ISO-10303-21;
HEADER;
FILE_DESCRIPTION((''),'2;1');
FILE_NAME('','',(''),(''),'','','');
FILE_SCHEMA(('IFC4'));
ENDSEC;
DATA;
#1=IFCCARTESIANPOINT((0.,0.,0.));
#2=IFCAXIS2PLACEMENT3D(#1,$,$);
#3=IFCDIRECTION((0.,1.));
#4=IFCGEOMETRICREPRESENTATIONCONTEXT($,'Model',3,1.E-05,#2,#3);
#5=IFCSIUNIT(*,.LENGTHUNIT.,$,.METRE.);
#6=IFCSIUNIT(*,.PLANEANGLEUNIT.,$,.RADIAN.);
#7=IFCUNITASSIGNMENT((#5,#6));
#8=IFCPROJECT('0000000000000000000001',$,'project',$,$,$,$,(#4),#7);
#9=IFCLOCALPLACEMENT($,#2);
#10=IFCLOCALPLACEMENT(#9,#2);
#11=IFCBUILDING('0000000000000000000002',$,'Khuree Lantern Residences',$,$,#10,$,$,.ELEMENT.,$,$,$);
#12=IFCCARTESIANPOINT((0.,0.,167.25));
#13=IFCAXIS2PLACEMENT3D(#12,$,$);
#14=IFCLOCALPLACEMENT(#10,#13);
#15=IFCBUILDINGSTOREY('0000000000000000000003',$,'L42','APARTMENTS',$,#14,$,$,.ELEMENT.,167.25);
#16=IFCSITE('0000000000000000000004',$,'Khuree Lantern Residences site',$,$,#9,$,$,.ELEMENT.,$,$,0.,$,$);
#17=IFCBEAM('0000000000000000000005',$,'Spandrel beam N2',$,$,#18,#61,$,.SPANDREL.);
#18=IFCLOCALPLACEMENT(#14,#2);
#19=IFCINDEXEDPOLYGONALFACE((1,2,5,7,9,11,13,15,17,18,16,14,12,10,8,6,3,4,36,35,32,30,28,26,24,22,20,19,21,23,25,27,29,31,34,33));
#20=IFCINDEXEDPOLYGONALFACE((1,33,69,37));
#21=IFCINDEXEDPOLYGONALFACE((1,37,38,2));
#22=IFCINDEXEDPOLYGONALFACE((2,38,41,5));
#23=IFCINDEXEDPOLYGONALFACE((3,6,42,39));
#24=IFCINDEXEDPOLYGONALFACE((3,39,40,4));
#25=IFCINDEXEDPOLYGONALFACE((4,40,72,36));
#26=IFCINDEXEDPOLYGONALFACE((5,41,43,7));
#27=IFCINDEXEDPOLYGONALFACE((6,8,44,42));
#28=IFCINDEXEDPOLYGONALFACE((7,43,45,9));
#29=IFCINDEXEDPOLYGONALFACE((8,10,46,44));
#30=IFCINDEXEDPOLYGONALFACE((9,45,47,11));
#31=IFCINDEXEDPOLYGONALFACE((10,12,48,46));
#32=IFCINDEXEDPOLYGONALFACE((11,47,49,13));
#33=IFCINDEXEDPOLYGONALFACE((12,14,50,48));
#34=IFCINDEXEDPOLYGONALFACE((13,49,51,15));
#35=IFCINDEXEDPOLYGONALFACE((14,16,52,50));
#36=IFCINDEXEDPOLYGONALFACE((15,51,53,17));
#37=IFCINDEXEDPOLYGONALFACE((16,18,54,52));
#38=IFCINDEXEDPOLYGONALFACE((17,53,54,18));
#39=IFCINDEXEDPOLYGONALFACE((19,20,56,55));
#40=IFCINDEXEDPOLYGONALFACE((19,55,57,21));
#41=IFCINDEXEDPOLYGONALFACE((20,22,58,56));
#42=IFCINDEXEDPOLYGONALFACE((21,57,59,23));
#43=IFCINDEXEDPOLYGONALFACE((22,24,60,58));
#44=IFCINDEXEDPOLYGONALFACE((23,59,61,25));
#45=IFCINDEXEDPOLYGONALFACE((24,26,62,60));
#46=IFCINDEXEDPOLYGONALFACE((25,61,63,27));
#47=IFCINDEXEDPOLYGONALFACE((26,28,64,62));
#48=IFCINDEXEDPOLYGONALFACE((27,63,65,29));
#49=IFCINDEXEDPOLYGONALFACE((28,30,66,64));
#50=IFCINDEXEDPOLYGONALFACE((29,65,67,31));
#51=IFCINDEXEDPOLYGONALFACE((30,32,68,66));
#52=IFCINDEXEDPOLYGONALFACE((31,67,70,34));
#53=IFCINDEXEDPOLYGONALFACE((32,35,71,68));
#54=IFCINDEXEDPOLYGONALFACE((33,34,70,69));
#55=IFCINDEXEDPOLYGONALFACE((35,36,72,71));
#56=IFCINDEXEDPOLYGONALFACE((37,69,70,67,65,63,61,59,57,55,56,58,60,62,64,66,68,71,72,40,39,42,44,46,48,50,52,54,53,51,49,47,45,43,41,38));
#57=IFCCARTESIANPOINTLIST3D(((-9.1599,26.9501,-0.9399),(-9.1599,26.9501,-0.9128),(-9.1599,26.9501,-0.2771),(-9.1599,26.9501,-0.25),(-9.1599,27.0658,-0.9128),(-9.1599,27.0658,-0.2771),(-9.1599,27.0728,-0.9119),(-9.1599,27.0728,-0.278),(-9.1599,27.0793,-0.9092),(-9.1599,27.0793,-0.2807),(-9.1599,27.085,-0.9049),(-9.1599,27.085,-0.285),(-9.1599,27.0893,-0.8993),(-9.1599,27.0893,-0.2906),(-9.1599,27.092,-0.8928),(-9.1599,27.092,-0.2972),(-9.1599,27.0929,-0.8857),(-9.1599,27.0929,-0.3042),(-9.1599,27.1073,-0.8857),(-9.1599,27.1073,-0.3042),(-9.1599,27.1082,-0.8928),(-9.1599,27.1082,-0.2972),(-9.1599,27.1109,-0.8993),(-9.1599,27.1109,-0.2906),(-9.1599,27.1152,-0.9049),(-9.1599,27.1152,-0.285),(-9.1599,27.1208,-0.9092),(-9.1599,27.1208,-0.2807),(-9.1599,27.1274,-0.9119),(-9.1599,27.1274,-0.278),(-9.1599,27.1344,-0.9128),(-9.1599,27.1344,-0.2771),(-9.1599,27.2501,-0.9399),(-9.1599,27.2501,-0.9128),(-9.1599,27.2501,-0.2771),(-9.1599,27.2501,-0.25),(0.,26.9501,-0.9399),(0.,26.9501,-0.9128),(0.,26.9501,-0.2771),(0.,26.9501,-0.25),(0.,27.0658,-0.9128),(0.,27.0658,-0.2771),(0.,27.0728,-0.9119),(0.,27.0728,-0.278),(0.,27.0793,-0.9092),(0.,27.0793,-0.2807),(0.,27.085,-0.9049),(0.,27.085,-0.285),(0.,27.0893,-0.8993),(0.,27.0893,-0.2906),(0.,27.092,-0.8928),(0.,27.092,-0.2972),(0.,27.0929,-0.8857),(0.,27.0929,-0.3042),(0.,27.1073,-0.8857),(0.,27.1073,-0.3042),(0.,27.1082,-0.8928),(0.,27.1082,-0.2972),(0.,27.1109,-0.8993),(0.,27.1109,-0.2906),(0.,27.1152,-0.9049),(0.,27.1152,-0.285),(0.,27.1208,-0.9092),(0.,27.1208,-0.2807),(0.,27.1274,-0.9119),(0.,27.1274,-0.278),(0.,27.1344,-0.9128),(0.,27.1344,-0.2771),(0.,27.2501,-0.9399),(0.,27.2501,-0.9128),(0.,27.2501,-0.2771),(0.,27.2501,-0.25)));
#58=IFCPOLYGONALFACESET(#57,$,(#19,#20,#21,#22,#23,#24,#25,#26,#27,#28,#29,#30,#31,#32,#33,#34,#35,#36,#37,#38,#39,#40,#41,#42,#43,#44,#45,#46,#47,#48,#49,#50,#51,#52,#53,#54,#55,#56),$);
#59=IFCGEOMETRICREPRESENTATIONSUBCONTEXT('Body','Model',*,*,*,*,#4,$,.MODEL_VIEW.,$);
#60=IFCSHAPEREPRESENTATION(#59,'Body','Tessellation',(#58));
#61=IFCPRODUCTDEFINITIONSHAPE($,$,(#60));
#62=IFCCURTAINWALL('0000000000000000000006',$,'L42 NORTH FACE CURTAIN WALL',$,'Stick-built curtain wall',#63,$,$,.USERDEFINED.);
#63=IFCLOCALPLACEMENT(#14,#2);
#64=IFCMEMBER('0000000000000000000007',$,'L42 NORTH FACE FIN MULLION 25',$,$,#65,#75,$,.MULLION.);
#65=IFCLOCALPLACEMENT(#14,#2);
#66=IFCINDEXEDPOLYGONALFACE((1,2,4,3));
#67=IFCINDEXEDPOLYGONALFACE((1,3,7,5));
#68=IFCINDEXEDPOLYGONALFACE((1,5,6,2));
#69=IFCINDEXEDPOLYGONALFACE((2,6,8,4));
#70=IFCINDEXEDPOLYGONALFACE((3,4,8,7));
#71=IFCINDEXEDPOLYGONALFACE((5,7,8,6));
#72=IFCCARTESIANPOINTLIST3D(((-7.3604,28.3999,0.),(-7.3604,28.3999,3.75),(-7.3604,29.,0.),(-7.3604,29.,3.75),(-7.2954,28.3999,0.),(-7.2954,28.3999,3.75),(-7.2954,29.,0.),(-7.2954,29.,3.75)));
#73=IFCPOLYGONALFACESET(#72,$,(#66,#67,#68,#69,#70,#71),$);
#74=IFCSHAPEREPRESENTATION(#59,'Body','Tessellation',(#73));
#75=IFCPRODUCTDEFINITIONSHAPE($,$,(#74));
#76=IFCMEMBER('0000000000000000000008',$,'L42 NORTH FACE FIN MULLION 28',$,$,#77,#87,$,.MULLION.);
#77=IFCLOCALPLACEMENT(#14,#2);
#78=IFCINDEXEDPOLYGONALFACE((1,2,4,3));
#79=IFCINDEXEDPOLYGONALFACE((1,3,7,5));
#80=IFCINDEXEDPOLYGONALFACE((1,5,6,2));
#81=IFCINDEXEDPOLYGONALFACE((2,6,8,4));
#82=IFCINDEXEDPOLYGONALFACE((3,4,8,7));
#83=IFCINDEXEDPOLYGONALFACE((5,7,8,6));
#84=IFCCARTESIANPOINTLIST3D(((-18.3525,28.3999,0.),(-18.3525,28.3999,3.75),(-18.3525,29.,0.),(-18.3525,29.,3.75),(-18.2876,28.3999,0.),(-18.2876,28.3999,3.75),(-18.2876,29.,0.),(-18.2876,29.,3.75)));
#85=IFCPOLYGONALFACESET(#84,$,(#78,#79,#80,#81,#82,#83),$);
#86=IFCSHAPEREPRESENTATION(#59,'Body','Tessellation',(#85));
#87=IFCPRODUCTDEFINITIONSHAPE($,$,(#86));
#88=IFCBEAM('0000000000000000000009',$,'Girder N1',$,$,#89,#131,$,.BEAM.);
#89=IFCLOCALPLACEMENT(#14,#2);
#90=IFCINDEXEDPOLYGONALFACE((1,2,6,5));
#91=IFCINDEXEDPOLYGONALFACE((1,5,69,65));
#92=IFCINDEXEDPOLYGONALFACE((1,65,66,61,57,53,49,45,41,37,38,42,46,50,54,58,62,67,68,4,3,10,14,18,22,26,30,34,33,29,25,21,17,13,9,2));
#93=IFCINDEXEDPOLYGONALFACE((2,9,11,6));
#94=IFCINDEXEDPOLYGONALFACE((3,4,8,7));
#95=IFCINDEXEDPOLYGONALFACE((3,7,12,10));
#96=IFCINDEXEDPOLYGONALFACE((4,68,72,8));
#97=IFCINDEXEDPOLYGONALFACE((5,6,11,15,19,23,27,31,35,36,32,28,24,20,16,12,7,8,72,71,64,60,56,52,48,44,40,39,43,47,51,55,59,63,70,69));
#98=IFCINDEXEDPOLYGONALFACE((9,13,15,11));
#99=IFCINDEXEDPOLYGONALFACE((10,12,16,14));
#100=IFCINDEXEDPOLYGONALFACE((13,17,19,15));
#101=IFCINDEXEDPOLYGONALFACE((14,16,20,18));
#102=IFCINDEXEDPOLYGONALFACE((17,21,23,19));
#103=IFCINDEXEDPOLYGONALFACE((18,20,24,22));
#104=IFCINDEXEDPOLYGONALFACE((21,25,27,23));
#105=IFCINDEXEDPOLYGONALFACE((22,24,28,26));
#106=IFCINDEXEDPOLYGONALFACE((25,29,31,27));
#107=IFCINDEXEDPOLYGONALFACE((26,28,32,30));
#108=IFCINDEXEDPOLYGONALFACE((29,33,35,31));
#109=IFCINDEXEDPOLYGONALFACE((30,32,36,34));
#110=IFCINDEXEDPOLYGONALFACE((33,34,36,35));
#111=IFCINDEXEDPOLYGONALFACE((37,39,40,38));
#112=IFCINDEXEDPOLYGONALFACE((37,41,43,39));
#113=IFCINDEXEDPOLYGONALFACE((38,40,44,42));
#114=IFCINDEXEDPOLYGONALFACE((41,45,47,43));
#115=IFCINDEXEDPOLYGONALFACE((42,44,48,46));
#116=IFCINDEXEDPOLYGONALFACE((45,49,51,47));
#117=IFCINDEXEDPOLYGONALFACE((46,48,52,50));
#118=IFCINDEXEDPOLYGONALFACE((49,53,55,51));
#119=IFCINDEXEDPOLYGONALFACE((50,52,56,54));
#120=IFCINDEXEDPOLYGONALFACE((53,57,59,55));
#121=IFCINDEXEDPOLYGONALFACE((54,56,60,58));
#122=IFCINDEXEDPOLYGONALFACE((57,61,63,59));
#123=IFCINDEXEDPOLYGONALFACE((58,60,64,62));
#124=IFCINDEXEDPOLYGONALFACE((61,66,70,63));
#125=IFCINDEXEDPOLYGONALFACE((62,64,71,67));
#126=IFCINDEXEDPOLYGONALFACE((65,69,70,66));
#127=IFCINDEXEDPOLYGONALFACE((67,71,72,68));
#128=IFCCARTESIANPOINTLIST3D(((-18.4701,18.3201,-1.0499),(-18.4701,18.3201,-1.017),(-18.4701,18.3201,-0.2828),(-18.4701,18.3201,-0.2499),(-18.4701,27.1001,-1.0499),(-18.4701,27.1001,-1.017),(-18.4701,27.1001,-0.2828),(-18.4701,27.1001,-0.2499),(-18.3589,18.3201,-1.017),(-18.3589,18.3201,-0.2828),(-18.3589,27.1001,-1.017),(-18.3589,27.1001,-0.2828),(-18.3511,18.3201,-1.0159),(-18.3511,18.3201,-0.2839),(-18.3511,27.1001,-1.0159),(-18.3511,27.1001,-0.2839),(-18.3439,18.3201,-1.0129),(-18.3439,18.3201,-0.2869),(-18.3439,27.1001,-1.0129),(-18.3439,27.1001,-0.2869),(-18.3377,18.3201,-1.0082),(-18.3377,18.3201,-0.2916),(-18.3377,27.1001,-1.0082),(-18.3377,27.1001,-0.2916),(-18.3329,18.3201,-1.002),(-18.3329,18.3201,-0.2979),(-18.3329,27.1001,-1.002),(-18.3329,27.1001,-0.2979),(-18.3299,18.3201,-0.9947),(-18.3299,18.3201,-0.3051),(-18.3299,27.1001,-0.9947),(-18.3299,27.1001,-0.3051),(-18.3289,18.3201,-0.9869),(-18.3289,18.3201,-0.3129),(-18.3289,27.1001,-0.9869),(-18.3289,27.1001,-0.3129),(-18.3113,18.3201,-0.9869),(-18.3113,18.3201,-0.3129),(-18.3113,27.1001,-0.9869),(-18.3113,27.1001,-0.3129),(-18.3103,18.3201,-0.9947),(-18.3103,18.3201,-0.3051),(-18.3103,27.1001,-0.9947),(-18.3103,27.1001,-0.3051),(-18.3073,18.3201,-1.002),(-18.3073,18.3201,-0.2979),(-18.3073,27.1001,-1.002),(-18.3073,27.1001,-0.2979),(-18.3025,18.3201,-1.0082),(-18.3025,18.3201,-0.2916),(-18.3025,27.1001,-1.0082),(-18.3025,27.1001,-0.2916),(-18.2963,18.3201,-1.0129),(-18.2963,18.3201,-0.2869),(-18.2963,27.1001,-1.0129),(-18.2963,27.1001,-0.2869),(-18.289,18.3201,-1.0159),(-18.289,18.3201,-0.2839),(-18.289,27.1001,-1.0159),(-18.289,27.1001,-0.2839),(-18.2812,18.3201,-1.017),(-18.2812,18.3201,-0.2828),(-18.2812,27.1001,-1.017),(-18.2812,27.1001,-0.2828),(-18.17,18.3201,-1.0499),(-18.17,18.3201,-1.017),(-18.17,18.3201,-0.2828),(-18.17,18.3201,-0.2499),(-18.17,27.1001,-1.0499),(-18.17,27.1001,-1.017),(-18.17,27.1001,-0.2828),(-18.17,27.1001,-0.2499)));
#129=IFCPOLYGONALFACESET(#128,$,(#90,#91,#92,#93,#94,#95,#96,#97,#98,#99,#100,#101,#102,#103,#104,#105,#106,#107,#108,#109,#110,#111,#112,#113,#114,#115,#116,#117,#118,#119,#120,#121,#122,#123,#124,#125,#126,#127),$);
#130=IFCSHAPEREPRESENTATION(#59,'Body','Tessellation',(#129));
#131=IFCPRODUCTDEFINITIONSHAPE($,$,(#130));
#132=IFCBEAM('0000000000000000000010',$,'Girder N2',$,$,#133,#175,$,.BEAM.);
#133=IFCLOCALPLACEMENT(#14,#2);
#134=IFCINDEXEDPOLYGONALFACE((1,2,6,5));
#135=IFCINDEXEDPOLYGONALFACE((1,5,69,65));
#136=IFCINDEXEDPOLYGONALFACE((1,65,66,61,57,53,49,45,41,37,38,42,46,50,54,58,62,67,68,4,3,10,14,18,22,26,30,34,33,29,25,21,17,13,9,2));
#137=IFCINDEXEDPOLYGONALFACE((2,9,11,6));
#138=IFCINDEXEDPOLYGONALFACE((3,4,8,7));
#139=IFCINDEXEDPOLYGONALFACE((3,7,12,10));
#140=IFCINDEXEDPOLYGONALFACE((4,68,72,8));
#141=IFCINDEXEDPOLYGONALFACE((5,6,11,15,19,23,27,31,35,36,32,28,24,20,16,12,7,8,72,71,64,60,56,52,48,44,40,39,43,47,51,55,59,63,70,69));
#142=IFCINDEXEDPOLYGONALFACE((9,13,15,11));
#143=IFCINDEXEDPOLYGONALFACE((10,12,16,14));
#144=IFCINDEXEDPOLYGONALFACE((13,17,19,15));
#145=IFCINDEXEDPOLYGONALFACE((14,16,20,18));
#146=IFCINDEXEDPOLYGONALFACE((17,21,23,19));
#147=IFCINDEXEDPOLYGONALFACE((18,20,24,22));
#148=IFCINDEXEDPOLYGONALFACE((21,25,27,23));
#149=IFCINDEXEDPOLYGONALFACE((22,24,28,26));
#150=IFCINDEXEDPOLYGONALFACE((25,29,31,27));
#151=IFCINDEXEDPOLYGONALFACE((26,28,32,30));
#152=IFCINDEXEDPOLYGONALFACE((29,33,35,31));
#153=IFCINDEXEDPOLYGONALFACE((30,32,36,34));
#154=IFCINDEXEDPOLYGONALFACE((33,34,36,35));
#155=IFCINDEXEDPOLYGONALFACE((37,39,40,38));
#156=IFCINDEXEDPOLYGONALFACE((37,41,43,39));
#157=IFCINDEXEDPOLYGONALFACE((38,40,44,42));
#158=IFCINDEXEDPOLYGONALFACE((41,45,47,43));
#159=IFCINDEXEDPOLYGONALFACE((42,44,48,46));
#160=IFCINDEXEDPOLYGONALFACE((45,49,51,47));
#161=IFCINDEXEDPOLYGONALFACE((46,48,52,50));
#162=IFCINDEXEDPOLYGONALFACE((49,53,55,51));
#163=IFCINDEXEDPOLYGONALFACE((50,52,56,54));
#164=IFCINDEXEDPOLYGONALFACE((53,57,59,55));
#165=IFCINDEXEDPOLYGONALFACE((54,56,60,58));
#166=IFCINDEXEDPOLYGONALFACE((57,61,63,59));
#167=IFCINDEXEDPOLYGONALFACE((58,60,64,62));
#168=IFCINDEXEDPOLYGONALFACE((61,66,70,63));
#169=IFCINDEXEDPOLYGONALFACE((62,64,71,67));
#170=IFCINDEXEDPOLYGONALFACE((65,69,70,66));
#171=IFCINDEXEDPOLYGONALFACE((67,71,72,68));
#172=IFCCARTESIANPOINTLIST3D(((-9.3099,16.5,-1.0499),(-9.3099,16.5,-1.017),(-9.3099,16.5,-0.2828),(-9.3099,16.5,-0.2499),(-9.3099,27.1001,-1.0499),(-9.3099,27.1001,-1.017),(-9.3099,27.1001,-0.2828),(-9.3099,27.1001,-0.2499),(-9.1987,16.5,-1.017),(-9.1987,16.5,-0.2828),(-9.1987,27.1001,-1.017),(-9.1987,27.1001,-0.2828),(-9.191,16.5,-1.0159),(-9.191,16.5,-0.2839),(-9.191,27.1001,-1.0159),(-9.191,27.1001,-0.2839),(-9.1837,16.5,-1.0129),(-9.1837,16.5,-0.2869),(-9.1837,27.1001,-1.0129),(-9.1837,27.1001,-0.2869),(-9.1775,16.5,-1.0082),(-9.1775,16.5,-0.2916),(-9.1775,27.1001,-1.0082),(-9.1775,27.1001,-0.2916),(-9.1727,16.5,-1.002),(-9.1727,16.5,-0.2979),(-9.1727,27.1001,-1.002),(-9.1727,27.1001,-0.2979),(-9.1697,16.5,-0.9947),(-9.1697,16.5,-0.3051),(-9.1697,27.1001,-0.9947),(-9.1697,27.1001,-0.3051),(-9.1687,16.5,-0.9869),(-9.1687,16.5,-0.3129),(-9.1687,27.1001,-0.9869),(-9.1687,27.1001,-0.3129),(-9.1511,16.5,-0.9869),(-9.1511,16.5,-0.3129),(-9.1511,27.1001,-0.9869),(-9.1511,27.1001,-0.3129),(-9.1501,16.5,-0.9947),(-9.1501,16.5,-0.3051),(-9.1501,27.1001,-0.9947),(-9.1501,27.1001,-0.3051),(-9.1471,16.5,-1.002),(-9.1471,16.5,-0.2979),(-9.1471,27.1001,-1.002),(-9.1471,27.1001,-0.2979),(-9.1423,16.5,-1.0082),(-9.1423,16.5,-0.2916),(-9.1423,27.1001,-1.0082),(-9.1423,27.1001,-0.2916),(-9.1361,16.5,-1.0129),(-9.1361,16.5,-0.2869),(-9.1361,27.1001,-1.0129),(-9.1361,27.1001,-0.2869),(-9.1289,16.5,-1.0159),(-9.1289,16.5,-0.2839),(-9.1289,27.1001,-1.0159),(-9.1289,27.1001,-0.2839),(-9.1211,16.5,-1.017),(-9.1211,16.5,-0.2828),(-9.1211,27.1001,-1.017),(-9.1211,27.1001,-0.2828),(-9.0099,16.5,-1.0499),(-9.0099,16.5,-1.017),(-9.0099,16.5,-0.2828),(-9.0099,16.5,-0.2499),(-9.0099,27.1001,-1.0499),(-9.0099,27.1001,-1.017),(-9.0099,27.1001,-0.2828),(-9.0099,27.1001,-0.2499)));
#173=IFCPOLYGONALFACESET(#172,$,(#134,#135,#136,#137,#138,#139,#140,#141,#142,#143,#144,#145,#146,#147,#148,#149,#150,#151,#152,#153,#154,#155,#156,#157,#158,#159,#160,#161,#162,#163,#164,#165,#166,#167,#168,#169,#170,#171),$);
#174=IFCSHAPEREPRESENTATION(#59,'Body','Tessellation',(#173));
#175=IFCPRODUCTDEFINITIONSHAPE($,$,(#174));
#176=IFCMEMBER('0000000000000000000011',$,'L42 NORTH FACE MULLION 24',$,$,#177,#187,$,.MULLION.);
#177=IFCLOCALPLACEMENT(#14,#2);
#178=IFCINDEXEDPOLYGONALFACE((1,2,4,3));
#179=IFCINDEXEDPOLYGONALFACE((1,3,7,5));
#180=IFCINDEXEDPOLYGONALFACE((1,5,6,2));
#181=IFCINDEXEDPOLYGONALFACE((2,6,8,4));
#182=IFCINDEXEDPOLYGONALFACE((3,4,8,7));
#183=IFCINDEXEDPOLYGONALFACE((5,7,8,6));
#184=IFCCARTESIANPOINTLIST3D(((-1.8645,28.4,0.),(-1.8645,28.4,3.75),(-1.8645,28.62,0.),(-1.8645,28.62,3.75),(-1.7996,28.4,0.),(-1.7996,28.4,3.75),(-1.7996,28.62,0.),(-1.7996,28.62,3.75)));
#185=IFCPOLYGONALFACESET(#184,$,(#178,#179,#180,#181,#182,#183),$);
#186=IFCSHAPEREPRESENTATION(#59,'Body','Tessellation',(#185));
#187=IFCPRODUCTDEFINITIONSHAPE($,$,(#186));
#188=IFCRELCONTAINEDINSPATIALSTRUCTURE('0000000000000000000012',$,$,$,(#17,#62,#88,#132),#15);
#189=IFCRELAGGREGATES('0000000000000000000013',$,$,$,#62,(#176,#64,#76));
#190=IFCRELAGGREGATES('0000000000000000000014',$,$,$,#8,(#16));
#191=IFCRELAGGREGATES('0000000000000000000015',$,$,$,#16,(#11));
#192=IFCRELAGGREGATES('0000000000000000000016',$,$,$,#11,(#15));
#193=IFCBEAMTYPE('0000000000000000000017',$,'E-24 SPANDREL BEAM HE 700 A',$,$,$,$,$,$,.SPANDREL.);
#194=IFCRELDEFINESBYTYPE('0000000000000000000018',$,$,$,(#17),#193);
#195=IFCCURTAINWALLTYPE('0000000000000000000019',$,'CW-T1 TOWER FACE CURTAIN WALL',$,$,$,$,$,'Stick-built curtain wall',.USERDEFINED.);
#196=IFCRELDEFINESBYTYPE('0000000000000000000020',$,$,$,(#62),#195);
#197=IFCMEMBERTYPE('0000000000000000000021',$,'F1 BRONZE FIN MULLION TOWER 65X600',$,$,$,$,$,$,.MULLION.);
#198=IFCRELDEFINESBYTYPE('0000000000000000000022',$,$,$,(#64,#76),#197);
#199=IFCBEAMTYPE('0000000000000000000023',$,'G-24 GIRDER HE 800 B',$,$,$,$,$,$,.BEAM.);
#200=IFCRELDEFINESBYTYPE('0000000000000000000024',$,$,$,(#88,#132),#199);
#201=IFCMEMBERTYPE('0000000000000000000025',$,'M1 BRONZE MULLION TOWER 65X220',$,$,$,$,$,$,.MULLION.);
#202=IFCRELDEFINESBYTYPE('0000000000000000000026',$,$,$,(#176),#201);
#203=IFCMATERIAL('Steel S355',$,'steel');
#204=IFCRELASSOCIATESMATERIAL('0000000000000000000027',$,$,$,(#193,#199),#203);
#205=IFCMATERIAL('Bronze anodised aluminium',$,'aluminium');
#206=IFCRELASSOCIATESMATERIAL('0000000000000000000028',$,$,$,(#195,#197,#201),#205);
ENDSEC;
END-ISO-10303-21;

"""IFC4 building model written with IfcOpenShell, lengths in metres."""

from ifc_helpers import new_model, si_unit, direction, frame, origin, origin_2d, place, context, subcontext, project, spatial, rectangle, i_section, extrude, material, material_profile, profile_set, type_object, element, aggregate, save


model = new_model("IFC4")

# Units and contexts
model_context = context("Model", 3, precision=1e-05, world=origin(), true_north=direction((0.0, 1.0)))
body_context = subcontext(model_context, "Body", "Model", "MODEL_VIEW")
ifc_project = project(units=[si_unit("LENGTHUNIT", "METRE"), si_unit("PLANEANGLEUNIT", "RADIAN")], contexts=[model_context])

# Site, building, storey
site_placement = place(None, origin())
site = spatial("IfcSite", under=ifc_project, at=site_placement, Name="Khuree Lantern Residences site", CompositionType="ELEMENT", RefElevation=0.0)
building_placement = place(site_placement, origin())
building = spatial("IfcBuilding", under=site, at=building_placement, Name="Khuree Lantern Residences", CompositionType="ELEMENT")
storey_placement = place(building_placement, frame((0.0, 0.0, 167.25)))
storey = spatial("IfcBuildingStorey", under=building, at=storey_placement, Name="L42", Description="APARTMENTS", CompositionType="ELEMENT", Elevation=167.25)

# Beam
ifc_material_1 = material(Name="Steel S355", Category="steel")
ifc_material_profile_1 = material_profile(ifc_material_1, i_section(OverallWidth=0.3, OverallDepth=0.6899, WebThickness=0.0144, FlangeThickness=0.0271, FilletRadius=0.0271, at=origin_2d()), Name="HE 700 A")
ifc_profile_set_1 = profile_set([ifc_material_profile_1], Name="Steel S355")
beam_type_1 = type_object("IfcBeamType", Name="E-24 SPANDREL BEAM HE 700 A", PredefinedType="SPANDREL", material=ifc_profile_set_1)
beam_1_placement = place(storey_placement, frame((-9.1599, 27.1001, -0.595), z_axis=(1.0, 0.0, 0.0), x_axis=(0.0, 1.0, 0.0)))
element("IfcBeam", 1, at=beam_1_placement, inside=storey, type_object=beam_type_1, Name="Spandrel beam N2", PredefinedType="SPANDREL", context=body_context, shape_type="SweptSolid", body=[
    extrude(i_section(OverallWidth=0.3, OverallDepth=0.6899, WebThickness=0.0144, FlangeThickness=0.0271, FilletRadius=0.0271, at=origin_2d()), origin(), (0.0, 0.0, 1.0), 9.1599),
])

# Curtain wall, members
ifc_material_2 = material(Name="Bronze anodised aluminium", Category="aluminium")
curtain_wall_type = type_object("IfcCurtainWallType", Name="CW-T1 TOWER FACE CURTAIN WALL", ElementType="Stick-built curtain wall", PredefinedType="USERDEFINED", material=ifc_material_2)
curtain_wall_placement = place(storey_placement, origin())
curtain_wall = element("IfcCurtainWall", 2, at=curtain_wall_placement, inside=storey, type_object=curtain_wall_type, Name="L42 NORTH FACE CURTAIN WALL", ObjectType="Stick-built curtain wall", PredefinedType="USERDEFINED")
ifc_material_profile_2 = material_profile(ifc_material_2, rectangle(XDim=0.0649, YDim=0.6001, at=origin_2d()), Name="F1 65X600")
ifc_profile_set_2 = profile_set([ifc_material_profile_2], Name="Bronze anodised aluminium")
member_type_1 = type_object("IfcMemberType", Name="F1 BRONZE FIN MULLION TOWER 65X600", PredefinedType="MULLION", material=ifc_profile_set_2)
member_1_placement = place(storey_placement, frame((-7.3279, 28.7, 0.0), z_axis=(0.0, 0.0, 1.0), x_axis=(-1.0, 0.0, 0.0)))
member_1 = element("IfcMember", 3, at=member_1_placement, type_object=member_type_1, Name="L42 NORTH FACE FIN MULLION 25", PredefinedType="MULLION", context=body_context, shape_type="SweptSolid", body=[
    extrude(rectangle(XDim=0.0649, YDim=0.6001, at=origin_2d()), origin(), (0.0, 0.0, 1.0), 3.75),
])
member_2_placement = place(storey_placement, frame((-18.3201, 28.7, 0.0), z_axis=(0.0, 0.0, 1.0), x_axis=(-1.0, 0.0, 0.0)))
member_2 = element("IfcMember", 4, at=member_2_placement, type_object=member_type_1, Name="L42 NORTH FACE FIN MULLION 28", PredefinedType="MULLION", context=body_context, shape_type="SweptSolid", body=[
    extrude(rectangle(XDim=0.0649, YDim=0.6001, at=origin_2d()), origin(), (0.0, 0.0, 1.0), 3.75),
])

# Beams
ifc_material_profile_3 = material_profile(ifc_material_1, i_section(OverallWidth=0.3, OverallDepth=0.8, WebThickness=0.0176, FlangeThickness=0.033, FilletRadius=0.03, at=origin_2d()), Name="HE 800 B")
ifc_profile_set_3 = profile_set([ifc_material_profile_3], Name="Steel S355")
beam_type_2 = type_object("IfcBeamType", Name="G-24 GIRDER HE 800 B", PredefinedType="BEAM", material=ifc_profile_set_3)
beam_2_placement = place(storey_placement, frame((-18.3201, 27.1001, -0.6499), z_axis=(0.0, -1.0, 0.0), x_axis=(1.0, 0.0, 0.0)))
element("IfcBeam", 5, at=beam_2_placement, inside=storey, type_object=beam_type_2, Name="Girder N1", PredefinedType="BEAM", context=body_context, shape_type="SweptSolid", body=[
    extrude(i_section(OverallWidth=0.3, OverallDepth=0.8, WebThickness=0.0176, FlangeThickness=0.033, FilletRadius=0.03, at=origin_2d()), origin(), (0.0, 0.0, 1.0), 8.78),
])
beam_3_placement = place(storey_placement, frame((-9.1599, 27.1001, -0.6499), z_axis=(0.0, -1.0, 0.0), x_axis=(1.0, 0.0, 0.0)))
element("IfcBeam", 6, at=beam_3_placement, inside=storey, type_object=beam_type_2, Name="Girder N2", PredefinedType="BEAM", context=body_context, shape_type="SweptSolid", body=[
    extrude(i_section(OverallWidth=0.3, OverallDepth=0.8, WebThickness=0.0176, FlangeThickness=0.033, FilletRadius=0.03, at=origin_2d()), origin(), (0.0, 0.0, 1.0), 10.6001),
])

# Member
ifc_material_profile_4 = material_profile(ifc_material_2, rectangle(XDim=0.0649, YDim=0.22, at=origin_2d()), Name="M1 65X220")
ifc_profile_set_4 = profile_set([ifc_material_profile_4], Name="Bronze anodised aluminium")
member_type_2 = type_object("IfcMemberType", Name="M1 BRONZE MULLION TOWER 65X220", PredefinedType="MULLION", material=ifc_profile_set_4)
member_3_placement = place(storey_placement, frame((-1.832, 28.51, 0.0), z_axis=(0.0, 0.0, 1.0), x_axis=(-1.0, 0.0, 0.0)))
member_3 = element("IfcMember", 7, at=member_3_placement, type_object=member_type_2, Name="L42 NORTH FACE MULLION 24", PredefinedType="MULLION", context=body_context, shape_type="SweptSolid", body=[
    extrude(rectangle(XDim=0.0649, YDim=0.22, at=origin_2d()), origin(), (0.0, 0.0, 1.0), 3.75),
])

aggregate(curtain_wall, [member_3, member_1, member_2])

save(model, "model.ifc")
